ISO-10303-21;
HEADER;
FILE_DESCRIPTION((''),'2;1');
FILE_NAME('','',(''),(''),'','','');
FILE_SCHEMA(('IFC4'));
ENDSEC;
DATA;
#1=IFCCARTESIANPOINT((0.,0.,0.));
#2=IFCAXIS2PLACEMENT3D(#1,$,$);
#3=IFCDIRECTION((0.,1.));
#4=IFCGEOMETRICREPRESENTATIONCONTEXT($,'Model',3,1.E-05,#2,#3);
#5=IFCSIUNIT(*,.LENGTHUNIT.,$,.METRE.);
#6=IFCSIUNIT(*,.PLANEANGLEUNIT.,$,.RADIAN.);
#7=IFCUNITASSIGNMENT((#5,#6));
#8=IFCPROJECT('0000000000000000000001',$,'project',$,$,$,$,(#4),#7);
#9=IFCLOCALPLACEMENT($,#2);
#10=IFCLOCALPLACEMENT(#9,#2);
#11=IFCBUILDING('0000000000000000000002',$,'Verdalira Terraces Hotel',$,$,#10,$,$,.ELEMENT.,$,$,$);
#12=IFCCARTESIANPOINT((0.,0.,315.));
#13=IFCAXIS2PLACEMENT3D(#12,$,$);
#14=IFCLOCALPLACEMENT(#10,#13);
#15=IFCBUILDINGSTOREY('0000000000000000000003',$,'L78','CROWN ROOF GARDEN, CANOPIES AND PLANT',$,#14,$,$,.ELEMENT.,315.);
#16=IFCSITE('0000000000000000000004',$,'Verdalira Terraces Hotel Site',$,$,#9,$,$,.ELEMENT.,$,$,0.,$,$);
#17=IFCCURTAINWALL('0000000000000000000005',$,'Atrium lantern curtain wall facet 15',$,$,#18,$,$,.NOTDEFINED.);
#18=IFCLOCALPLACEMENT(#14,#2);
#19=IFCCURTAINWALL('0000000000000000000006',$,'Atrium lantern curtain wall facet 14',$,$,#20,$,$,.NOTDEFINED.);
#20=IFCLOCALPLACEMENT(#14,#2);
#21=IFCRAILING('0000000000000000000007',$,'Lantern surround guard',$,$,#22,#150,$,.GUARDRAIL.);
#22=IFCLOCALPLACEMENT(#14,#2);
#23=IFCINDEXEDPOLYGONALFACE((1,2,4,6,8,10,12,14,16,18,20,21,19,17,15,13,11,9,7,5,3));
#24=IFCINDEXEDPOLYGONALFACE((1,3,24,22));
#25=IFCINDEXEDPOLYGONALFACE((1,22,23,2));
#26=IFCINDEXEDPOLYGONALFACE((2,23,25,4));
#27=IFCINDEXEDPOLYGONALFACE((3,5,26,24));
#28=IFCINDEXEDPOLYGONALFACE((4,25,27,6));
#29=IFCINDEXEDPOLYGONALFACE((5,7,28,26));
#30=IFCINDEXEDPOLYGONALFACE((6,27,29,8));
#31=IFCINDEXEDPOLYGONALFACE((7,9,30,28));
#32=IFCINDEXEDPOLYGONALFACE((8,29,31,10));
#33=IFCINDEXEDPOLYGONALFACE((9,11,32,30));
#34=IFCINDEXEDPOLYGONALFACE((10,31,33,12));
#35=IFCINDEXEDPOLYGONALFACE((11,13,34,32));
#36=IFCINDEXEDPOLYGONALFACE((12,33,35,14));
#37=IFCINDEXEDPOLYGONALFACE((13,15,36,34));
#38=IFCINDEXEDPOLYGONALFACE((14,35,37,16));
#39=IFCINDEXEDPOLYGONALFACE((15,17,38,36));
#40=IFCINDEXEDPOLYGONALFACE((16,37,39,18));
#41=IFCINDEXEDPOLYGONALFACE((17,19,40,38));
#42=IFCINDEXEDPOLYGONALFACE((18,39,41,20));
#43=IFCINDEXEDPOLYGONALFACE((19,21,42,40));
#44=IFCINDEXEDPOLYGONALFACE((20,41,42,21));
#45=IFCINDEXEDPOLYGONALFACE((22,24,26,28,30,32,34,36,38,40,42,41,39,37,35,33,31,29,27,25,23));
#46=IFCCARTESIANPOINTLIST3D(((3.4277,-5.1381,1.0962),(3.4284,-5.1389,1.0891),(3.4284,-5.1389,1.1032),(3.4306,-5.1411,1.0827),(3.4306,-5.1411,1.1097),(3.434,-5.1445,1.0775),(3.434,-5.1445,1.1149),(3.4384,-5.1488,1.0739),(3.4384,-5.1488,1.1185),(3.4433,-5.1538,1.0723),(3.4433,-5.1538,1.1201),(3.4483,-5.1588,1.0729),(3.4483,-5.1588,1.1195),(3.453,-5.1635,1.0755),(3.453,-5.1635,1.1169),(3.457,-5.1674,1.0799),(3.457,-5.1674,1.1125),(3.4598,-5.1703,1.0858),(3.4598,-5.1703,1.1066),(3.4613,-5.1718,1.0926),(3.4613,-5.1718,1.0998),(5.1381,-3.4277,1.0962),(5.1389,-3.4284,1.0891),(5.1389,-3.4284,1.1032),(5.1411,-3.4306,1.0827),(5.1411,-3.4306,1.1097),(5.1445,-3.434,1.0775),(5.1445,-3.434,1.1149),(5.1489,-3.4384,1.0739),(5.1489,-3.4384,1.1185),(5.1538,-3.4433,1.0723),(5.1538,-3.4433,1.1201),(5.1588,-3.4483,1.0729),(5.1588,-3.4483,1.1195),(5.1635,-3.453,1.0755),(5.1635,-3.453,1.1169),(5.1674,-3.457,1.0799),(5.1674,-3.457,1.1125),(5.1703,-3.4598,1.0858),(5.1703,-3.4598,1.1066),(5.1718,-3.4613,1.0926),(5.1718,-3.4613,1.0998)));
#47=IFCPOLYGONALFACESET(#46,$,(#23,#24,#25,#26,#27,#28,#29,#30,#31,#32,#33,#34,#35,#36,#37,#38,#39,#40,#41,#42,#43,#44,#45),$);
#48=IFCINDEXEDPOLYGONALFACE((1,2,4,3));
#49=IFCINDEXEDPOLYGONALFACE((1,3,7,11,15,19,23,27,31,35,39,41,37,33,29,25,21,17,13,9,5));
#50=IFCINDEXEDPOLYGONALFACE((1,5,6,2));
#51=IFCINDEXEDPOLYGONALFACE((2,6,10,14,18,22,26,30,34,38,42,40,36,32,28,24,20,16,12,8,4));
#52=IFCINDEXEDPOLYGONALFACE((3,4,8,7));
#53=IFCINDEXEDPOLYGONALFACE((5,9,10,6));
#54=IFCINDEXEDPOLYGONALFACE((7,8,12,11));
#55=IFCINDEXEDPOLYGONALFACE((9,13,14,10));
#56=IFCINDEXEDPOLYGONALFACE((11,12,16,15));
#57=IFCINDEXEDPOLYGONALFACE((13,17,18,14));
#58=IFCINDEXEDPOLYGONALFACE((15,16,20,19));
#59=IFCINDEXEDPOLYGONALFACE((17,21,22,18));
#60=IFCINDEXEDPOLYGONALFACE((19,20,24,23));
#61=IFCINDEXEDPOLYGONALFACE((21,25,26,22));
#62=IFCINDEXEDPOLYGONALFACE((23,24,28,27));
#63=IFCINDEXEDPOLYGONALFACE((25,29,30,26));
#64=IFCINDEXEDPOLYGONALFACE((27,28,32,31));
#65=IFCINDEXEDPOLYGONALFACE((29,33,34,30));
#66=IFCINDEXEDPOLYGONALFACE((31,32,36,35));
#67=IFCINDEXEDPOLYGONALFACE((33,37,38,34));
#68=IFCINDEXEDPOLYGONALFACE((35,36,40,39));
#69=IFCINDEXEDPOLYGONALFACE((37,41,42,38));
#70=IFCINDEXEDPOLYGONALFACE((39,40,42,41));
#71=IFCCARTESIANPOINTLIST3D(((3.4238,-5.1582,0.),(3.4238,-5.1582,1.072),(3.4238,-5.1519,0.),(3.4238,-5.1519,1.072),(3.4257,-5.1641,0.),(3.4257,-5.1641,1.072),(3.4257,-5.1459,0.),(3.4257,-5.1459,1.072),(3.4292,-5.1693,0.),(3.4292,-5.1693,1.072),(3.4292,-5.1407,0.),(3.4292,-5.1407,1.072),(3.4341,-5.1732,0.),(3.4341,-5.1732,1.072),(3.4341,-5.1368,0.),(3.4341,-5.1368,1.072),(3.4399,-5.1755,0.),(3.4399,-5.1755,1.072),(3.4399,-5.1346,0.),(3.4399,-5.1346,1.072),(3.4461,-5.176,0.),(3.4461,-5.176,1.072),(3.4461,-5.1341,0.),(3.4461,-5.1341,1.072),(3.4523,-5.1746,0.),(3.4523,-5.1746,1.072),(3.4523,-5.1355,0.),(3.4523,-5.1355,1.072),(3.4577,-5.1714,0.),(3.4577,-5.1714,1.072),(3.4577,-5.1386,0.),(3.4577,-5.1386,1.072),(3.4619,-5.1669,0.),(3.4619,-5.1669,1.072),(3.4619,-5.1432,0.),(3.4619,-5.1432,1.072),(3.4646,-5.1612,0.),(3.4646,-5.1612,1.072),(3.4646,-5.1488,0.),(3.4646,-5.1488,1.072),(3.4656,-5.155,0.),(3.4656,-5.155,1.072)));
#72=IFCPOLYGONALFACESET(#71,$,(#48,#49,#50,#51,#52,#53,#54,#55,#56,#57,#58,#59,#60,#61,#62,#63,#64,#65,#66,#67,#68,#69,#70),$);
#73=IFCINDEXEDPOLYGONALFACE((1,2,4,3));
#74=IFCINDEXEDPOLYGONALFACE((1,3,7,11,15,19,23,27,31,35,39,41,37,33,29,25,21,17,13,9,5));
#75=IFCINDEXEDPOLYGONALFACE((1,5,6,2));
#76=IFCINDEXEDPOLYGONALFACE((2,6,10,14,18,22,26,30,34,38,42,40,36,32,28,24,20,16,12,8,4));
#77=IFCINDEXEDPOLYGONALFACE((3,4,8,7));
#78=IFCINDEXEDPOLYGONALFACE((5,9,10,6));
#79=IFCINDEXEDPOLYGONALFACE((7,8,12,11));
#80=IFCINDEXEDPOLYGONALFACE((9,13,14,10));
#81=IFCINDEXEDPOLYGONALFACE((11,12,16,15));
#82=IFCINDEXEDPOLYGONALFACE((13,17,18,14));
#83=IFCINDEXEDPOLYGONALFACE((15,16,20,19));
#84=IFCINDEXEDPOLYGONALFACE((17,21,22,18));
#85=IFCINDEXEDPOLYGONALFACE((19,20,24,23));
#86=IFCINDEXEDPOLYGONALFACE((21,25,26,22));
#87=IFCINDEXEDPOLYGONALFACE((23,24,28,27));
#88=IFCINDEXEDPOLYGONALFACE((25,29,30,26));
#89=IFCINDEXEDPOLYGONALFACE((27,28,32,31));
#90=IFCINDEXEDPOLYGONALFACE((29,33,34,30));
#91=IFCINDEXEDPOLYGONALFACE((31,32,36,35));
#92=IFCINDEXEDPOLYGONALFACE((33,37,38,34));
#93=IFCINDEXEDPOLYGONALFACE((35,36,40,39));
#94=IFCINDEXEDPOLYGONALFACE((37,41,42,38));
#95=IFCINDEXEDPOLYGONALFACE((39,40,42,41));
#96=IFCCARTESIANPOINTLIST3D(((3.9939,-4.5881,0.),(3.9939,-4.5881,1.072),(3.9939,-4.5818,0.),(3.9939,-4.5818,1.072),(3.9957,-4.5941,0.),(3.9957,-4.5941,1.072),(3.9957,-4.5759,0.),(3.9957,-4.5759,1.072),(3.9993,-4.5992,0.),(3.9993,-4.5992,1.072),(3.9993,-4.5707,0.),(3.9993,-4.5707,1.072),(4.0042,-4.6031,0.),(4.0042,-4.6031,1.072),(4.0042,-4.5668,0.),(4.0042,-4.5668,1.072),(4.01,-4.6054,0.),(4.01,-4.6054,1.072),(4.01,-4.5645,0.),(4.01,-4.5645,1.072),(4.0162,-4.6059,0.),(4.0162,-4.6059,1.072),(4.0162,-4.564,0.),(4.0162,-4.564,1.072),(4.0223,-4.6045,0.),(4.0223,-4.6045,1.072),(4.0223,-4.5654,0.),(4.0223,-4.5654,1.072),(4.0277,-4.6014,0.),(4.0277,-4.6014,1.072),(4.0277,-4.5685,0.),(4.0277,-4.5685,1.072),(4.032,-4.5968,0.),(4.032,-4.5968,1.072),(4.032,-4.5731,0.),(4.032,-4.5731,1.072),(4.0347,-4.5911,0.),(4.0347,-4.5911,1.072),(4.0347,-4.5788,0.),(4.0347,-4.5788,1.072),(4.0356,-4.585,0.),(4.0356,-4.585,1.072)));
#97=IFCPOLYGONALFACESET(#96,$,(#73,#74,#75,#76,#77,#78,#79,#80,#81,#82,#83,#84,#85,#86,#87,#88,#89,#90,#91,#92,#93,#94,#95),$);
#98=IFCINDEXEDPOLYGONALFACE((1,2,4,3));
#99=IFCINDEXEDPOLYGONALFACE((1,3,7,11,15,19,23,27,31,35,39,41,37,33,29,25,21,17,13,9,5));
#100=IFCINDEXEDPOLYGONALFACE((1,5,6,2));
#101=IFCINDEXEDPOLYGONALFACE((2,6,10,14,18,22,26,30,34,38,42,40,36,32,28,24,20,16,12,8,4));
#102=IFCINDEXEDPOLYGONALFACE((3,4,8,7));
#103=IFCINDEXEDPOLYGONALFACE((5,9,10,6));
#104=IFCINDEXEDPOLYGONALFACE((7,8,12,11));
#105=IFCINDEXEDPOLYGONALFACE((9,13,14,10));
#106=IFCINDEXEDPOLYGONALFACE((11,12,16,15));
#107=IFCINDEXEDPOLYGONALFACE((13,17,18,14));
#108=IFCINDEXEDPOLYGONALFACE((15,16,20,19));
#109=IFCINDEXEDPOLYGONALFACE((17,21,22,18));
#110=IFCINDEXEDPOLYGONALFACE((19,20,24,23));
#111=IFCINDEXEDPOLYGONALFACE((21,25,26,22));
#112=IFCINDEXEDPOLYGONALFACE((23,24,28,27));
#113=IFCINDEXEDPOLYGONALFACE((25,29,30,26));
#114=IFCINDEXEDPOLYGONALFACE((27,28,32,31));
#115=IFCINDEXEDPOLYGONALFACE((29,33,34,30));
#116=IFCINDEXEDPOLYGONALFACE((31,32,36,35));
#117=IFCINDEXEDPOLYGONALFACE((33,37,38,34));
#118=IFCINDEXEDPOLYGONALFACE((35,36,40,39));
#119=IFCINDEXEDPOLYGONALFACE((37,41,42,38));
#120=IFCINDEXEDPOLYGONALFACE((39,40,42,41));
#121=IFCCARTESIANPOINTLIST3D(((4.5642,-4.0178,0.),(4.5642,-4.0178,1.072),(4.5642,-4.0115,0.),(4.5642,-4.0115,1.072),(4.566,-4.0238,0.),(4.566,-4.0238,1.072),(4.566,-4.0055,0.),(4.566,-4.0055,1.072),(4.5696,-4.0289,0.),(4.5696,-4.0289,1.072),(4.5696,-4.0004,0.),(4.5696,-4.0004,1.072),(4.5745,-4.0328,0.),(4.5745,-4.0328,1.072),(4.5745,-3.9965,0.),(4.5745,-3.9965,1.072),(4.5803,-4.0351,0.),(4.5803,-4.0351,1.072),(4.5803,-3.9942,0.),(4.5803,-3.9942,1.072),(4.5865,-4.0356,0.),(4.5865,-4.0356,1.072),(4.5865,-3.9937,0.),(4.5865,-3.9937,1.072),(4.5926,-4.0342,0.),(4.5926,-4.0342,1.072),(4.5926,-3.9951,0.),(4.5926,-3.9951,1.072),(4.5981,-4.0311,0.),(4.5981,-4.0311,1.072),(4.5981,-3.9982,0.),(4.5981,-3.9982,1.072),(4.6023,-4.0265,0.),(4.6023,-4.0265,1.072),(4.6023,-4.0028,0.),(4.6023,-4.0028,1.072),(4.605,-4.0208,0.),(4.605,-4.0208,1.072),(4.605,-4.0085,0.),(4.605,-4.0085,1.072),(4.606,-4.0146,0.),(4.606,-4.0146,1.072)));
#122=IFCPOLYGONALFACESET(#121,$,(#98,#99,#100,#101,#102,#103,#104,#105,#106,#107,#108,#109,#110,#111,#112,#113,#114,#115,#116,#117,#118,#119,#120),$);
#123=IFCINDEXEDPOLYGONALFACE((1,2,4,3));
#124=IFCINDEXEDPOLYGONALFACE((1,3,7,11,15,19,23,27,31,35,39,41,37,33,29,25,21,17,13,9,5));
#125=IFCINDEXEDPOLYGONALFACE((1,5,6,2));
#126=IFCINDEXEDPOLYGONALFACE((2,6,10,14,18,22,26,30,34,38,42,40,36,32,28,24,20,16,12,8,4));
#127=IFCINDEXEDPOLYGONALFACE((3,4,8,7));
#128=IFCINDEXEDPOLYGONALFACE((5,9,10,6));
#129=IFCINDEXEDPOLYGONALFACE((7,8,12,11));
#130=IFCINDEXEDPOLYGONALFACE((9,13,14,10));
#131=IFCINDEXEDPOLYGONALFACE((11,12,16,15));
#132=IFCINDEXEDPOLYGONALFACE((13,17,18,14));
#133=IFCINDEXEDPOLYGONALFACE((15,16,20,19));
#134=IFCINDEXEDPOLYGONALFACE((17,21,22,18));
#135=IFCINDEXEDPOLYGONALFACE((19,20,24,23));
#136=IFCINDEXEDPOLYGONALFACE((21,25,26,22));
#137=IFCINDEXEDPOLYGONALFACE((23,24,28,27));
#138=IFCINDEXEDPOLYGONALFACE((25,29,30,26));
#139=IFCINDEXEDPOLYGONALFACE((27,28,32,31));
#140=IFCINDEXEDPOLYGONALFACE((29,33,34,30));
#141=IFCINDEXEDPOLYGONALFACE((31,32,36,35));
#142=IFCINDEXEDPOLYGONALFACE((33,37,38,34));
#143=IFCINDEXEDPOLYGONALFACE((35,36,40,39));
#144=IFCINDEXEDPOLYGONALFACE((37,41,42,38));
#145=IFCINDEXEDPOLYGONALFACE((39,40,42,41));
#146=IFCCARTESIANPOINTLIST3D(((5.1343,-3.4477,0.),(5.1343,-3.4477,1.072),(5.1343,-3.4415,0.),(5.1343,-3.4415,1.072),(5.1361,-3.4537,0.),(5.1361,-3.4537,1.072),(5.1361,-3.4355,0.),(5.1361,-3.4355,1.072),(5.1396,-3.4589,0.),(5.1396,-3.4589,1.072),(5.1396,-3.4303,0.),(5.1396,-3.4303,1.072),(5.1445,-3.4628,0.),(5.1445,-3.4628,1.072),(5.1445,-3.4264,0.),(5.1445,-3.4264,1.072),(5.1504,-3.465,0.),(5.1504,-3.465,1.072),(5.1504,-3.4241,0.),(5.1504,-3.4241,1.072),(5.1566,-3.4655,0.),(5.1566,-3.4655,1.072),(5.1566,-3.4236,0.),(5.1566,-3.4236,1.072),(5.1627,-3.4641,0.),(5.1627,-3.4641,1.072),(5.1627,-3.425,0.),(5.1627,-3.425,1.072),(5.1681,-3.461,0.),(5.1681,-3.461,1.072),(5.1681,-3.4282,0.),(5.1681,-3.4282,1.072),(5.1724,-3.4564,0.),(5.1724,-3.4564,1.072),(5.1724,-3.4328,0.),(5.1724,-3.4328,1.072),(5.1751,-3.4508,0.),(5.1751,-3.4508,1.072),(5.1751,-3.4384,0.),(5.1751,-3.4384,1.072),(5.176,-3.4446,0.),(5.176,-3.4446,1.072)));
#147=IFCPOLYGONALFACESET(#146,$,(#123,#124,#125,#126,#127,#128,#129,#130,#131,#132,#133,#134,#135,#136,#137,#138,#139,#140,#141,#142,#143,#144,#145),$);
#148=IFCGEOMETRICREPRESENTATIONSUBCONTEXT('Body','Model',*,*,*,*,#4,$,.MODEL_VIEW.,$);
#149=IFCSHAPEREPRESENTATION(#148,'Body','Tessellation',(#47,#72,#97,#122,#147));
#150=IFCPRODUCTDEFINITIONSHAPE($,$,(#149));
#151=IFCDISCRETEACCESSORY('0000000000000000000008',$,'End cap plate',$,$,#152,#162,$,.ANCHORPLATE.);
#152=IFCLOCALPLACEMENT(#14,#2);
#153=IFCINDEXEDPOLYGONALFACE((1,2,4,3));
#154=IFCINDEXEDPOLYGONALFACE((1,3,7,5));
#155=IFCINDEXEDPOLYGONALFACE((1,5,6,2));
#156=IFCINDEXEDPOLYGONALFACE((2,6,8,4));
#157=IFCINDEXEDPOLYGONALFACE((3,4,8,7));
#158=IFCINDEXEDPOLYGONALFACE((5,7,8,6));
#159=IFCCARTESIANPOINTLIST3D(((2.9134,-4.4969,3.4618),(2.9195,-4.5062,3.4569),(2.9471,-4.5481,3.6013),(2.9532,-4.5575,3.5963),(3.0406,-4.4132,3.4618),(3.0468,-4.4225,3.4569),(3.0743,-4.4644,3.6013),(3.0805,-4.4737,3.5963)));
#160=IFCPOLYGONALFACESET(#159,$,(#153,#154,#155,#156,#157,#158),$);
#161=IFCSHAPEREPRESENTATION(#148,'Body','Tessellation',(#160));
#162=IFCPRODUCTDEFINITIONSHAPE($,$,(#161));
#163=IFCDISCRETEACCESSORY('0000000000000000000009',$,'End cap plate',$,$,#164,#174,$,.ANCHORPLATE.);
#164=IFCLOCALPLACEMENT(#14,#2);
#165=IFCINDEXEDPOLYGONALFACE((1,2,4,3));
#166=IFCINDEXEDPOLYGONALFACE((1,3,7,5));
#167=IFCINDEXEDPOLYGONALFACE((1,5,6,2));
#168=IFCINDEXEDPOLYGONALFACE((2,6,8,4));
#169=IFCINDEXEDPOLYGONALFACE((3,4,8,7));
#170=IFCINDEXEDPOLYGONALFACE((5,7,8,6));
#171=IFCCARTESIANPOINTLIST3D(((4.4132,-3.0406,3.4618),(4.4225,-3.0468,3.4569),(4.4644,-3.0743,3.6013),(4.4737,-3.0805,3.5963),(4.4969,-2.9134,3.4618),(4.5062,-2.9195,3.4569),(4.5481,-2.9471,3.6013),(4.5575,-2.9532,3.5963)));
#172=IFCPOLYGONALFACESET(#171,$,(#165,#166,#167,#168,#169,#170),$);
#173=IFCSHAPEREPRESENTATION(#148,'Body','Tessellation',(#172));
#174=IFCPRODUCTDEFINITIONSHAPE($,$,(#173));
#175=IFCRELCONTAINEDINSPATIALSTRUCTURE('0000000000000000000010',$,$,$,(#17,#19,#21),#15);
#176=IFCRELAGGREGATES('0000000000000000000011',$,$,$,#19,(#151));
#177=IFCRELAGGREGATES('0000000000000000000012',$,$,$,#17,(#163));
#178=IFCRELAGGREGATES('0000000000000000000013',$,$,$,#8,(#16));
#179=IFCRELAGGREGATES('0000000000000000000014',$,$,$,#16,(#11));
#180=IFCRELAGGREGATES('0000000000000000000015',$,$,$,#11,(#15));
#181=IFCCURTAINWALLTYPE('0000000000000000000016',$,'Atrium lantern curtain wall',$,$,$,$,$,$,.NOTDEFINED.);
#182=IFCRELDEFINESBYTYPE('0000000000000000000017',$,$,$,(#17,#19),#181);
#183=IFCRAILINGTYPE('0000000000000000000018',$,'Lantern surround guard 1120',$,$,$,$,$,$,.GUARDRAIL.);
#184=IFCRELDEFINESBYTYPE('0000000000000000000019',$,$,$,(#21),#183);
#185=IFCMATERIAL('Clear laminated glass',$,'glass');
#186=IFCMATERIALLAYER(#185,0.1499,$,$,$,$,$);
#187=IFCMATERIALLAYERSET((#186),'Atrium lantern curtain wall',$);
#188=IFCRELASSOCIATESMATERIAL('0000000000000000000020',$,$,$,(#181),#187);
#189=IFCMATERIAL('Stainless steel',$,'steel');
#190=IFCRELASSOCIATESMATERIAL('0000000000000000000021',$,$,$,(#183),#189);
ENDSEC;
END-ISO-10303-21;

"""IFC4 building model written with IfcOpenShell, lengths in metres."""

from ifc_helpers import new_model, si_unit, direction, frame, origin, origin_2d, place, context, subcontext, project, spatial, rectangle, circle, extrude, material, layer, layer_set, type_object, element, aggregate, save


model = new_model("IFC4")

# Units and contexts
model_context = context("Model", 3, precision=1e-05, world=origin(), true_north=direction((0.0, 1.0)))
body_context = subcontext(model_context, "Body", "Model", "MODEL_VIEW")
ifc_project = project(units=[si_unit("LENGTHUNIT", "METRE"), si_unit("PLANEANGLEUNIT", "RADIAN")], contexts=[model_context])

# Site, building, storey
site_placement = place(None, origin())
site = spatial("IfcSite", under=ifc_project, at=site_placement, Name="Verdalira Terraces Hotel Site", CompositionType="ELEMENT", RefElevation=0.0)
building_placement = place(site_placement, origin())
building = spatial("IfcBuilding", under=site, at=building_placement, Name="Verdalira Terraces Hotel", CompositionType="ELEMENT")
storey_placement = place(building_placement, frame((0.0, 0.0, 315.0)))
storey = spatial("IfcBuildingStorey", under=building, at=storey_placement, Name="L78", Description="CROWN ROOF GARDEN, CANOPIES AND PLANT", CompositionType="ELEMENT", Elevation=315.0)

# Curtain wall
ifc_material_1 = material(Name="Clear laminated glass", Category="glass")
ifc_layer_1 = layer(ifc_material_1, 0.1499)
ifc_layer_set_1 = layer_set([ifc_layer_1], Name="Atrium lantern curtain wall")
curtain_wall_type = type_object("IfcCurtainWallType", Name="Atrium lantern curtain wall", PredefinedType="NOTDEFINED", material=ifc_layer_set_1)
curtain_wall_1_placement = place(storey_placement, origin())
curtain_wall_1 = element("IfcCurtainWall", 1, at=curtain_wall_1_placement, inside=storey, type_object=curtain_wall_type, Name="Atrium lantern curtain wall facet 15", PredefinedType="NOTDEFINED")

# Curtain wall
curtain_wall_2_placement = place(storey_placement, origin())
curtain_wall_2 = element("IfcCurtainWall", 2, at=curtain_wall_2_placement, inside=storey, type_object=curtain_wall_type, Name="Atrium lantern curtain wall facet 14", PredefinedType="NOTDEFINED")

# Railing
ifc_material_2 = material(Name="Stainless steel", Category="steel")
railing_type = type_object("IfcRailingType", Name="Lantern surround guard 1120", PredefinedType="GUARDRAIL", material=ifc_material_2)
railing_placement = place(storey_placement, frame((3.4446, -5.155, 0.0)))
element("IfcRailing", 3, at=railing_placement, inside=storey, type_object=railing_type, Name="Lantern surround guard", PredefinedType="GUARDRAIL", context=body_context, shape_type="SweptSolid", body=[
    extrude(circle(Radius=0.0239, at=origin_2d()), frame((0.0, 0.0, 1.0962), z_axis=(0.707107, 0.707107, 0.0), x_axis=(-0.707107, 0.707107, 0.0)), (0.0, 0.0, 1.0), 2.4189),
    extrude(circle(Radius=0.021, at=origin_2d()), origin(), (0.0, 0.0, 1.0), 1.072),
    extrude(circle(Radius=0.021, at=origin_2d()), frame((0.5701, 0.5701, 0.0)), (0.0, 0.0, 1.0), 1.072),
    extrude(circle(Radius=0.021, at=origin_2d()), frame((1.1404, 1.1404, 0.0)), (0.0, 0.0, 1.0), 1.072),
    extrude(circle(Radius=0.021, at=origin_2d()), frame((1.7104, 1.7104, 0.0)), (0.0, 0.0, 1.0), 1.072),
])

# Discrete accessories
discrete_accessory_1_placement = place(storey_placement, frame((3.0, -4.49, 3.5266), z_axis=(-0.503129, 0.764756, 0.402503), x_axis=(-0.835417, -0.549617, 0.0)))
discrete_accessory_1 = element("IfcDiscreteAccessory", 4, at=discrete_accessory_1_placement, Name="End cap plate", PredefinedType="ANCHORPLATE", context=body_context, shape_type="SweptSolid", body=[
    extrude(rectangle(XDim=0.1523, YDim=0.1523, at=origin_2d()), origin(), (0.0, 0.0, 1.0), 0.0122),
])
aggregate(curtain_wall_2, [discrete_accessory_1])
discrete_accessory_2_placement = place(storey_placement, frame((4.49, -3.0, 3.5266), z_axis=(-0.764756, 0.503129, 0.402503), x_axis=(-0.549617, -0.835417, 0.0)))
discrete_accessory_2 = element("IfcDiscreteAccessory", 5, at=discrete_accessory_2_placement, Name="End cap plate", PredefinedType="ANCHORPLATE", context=body_context, shape_type="SweptSolid", body=[
    extrude(rectangle(XDim=0.1523, YDim=0.1523, at=origin_2d()), origin(), (0.0, 0.0, 1.0), 0.0122),
])
aggregate(curtain_wall_1, [discrete_accessory_2])

save(model, "model.ifc")
